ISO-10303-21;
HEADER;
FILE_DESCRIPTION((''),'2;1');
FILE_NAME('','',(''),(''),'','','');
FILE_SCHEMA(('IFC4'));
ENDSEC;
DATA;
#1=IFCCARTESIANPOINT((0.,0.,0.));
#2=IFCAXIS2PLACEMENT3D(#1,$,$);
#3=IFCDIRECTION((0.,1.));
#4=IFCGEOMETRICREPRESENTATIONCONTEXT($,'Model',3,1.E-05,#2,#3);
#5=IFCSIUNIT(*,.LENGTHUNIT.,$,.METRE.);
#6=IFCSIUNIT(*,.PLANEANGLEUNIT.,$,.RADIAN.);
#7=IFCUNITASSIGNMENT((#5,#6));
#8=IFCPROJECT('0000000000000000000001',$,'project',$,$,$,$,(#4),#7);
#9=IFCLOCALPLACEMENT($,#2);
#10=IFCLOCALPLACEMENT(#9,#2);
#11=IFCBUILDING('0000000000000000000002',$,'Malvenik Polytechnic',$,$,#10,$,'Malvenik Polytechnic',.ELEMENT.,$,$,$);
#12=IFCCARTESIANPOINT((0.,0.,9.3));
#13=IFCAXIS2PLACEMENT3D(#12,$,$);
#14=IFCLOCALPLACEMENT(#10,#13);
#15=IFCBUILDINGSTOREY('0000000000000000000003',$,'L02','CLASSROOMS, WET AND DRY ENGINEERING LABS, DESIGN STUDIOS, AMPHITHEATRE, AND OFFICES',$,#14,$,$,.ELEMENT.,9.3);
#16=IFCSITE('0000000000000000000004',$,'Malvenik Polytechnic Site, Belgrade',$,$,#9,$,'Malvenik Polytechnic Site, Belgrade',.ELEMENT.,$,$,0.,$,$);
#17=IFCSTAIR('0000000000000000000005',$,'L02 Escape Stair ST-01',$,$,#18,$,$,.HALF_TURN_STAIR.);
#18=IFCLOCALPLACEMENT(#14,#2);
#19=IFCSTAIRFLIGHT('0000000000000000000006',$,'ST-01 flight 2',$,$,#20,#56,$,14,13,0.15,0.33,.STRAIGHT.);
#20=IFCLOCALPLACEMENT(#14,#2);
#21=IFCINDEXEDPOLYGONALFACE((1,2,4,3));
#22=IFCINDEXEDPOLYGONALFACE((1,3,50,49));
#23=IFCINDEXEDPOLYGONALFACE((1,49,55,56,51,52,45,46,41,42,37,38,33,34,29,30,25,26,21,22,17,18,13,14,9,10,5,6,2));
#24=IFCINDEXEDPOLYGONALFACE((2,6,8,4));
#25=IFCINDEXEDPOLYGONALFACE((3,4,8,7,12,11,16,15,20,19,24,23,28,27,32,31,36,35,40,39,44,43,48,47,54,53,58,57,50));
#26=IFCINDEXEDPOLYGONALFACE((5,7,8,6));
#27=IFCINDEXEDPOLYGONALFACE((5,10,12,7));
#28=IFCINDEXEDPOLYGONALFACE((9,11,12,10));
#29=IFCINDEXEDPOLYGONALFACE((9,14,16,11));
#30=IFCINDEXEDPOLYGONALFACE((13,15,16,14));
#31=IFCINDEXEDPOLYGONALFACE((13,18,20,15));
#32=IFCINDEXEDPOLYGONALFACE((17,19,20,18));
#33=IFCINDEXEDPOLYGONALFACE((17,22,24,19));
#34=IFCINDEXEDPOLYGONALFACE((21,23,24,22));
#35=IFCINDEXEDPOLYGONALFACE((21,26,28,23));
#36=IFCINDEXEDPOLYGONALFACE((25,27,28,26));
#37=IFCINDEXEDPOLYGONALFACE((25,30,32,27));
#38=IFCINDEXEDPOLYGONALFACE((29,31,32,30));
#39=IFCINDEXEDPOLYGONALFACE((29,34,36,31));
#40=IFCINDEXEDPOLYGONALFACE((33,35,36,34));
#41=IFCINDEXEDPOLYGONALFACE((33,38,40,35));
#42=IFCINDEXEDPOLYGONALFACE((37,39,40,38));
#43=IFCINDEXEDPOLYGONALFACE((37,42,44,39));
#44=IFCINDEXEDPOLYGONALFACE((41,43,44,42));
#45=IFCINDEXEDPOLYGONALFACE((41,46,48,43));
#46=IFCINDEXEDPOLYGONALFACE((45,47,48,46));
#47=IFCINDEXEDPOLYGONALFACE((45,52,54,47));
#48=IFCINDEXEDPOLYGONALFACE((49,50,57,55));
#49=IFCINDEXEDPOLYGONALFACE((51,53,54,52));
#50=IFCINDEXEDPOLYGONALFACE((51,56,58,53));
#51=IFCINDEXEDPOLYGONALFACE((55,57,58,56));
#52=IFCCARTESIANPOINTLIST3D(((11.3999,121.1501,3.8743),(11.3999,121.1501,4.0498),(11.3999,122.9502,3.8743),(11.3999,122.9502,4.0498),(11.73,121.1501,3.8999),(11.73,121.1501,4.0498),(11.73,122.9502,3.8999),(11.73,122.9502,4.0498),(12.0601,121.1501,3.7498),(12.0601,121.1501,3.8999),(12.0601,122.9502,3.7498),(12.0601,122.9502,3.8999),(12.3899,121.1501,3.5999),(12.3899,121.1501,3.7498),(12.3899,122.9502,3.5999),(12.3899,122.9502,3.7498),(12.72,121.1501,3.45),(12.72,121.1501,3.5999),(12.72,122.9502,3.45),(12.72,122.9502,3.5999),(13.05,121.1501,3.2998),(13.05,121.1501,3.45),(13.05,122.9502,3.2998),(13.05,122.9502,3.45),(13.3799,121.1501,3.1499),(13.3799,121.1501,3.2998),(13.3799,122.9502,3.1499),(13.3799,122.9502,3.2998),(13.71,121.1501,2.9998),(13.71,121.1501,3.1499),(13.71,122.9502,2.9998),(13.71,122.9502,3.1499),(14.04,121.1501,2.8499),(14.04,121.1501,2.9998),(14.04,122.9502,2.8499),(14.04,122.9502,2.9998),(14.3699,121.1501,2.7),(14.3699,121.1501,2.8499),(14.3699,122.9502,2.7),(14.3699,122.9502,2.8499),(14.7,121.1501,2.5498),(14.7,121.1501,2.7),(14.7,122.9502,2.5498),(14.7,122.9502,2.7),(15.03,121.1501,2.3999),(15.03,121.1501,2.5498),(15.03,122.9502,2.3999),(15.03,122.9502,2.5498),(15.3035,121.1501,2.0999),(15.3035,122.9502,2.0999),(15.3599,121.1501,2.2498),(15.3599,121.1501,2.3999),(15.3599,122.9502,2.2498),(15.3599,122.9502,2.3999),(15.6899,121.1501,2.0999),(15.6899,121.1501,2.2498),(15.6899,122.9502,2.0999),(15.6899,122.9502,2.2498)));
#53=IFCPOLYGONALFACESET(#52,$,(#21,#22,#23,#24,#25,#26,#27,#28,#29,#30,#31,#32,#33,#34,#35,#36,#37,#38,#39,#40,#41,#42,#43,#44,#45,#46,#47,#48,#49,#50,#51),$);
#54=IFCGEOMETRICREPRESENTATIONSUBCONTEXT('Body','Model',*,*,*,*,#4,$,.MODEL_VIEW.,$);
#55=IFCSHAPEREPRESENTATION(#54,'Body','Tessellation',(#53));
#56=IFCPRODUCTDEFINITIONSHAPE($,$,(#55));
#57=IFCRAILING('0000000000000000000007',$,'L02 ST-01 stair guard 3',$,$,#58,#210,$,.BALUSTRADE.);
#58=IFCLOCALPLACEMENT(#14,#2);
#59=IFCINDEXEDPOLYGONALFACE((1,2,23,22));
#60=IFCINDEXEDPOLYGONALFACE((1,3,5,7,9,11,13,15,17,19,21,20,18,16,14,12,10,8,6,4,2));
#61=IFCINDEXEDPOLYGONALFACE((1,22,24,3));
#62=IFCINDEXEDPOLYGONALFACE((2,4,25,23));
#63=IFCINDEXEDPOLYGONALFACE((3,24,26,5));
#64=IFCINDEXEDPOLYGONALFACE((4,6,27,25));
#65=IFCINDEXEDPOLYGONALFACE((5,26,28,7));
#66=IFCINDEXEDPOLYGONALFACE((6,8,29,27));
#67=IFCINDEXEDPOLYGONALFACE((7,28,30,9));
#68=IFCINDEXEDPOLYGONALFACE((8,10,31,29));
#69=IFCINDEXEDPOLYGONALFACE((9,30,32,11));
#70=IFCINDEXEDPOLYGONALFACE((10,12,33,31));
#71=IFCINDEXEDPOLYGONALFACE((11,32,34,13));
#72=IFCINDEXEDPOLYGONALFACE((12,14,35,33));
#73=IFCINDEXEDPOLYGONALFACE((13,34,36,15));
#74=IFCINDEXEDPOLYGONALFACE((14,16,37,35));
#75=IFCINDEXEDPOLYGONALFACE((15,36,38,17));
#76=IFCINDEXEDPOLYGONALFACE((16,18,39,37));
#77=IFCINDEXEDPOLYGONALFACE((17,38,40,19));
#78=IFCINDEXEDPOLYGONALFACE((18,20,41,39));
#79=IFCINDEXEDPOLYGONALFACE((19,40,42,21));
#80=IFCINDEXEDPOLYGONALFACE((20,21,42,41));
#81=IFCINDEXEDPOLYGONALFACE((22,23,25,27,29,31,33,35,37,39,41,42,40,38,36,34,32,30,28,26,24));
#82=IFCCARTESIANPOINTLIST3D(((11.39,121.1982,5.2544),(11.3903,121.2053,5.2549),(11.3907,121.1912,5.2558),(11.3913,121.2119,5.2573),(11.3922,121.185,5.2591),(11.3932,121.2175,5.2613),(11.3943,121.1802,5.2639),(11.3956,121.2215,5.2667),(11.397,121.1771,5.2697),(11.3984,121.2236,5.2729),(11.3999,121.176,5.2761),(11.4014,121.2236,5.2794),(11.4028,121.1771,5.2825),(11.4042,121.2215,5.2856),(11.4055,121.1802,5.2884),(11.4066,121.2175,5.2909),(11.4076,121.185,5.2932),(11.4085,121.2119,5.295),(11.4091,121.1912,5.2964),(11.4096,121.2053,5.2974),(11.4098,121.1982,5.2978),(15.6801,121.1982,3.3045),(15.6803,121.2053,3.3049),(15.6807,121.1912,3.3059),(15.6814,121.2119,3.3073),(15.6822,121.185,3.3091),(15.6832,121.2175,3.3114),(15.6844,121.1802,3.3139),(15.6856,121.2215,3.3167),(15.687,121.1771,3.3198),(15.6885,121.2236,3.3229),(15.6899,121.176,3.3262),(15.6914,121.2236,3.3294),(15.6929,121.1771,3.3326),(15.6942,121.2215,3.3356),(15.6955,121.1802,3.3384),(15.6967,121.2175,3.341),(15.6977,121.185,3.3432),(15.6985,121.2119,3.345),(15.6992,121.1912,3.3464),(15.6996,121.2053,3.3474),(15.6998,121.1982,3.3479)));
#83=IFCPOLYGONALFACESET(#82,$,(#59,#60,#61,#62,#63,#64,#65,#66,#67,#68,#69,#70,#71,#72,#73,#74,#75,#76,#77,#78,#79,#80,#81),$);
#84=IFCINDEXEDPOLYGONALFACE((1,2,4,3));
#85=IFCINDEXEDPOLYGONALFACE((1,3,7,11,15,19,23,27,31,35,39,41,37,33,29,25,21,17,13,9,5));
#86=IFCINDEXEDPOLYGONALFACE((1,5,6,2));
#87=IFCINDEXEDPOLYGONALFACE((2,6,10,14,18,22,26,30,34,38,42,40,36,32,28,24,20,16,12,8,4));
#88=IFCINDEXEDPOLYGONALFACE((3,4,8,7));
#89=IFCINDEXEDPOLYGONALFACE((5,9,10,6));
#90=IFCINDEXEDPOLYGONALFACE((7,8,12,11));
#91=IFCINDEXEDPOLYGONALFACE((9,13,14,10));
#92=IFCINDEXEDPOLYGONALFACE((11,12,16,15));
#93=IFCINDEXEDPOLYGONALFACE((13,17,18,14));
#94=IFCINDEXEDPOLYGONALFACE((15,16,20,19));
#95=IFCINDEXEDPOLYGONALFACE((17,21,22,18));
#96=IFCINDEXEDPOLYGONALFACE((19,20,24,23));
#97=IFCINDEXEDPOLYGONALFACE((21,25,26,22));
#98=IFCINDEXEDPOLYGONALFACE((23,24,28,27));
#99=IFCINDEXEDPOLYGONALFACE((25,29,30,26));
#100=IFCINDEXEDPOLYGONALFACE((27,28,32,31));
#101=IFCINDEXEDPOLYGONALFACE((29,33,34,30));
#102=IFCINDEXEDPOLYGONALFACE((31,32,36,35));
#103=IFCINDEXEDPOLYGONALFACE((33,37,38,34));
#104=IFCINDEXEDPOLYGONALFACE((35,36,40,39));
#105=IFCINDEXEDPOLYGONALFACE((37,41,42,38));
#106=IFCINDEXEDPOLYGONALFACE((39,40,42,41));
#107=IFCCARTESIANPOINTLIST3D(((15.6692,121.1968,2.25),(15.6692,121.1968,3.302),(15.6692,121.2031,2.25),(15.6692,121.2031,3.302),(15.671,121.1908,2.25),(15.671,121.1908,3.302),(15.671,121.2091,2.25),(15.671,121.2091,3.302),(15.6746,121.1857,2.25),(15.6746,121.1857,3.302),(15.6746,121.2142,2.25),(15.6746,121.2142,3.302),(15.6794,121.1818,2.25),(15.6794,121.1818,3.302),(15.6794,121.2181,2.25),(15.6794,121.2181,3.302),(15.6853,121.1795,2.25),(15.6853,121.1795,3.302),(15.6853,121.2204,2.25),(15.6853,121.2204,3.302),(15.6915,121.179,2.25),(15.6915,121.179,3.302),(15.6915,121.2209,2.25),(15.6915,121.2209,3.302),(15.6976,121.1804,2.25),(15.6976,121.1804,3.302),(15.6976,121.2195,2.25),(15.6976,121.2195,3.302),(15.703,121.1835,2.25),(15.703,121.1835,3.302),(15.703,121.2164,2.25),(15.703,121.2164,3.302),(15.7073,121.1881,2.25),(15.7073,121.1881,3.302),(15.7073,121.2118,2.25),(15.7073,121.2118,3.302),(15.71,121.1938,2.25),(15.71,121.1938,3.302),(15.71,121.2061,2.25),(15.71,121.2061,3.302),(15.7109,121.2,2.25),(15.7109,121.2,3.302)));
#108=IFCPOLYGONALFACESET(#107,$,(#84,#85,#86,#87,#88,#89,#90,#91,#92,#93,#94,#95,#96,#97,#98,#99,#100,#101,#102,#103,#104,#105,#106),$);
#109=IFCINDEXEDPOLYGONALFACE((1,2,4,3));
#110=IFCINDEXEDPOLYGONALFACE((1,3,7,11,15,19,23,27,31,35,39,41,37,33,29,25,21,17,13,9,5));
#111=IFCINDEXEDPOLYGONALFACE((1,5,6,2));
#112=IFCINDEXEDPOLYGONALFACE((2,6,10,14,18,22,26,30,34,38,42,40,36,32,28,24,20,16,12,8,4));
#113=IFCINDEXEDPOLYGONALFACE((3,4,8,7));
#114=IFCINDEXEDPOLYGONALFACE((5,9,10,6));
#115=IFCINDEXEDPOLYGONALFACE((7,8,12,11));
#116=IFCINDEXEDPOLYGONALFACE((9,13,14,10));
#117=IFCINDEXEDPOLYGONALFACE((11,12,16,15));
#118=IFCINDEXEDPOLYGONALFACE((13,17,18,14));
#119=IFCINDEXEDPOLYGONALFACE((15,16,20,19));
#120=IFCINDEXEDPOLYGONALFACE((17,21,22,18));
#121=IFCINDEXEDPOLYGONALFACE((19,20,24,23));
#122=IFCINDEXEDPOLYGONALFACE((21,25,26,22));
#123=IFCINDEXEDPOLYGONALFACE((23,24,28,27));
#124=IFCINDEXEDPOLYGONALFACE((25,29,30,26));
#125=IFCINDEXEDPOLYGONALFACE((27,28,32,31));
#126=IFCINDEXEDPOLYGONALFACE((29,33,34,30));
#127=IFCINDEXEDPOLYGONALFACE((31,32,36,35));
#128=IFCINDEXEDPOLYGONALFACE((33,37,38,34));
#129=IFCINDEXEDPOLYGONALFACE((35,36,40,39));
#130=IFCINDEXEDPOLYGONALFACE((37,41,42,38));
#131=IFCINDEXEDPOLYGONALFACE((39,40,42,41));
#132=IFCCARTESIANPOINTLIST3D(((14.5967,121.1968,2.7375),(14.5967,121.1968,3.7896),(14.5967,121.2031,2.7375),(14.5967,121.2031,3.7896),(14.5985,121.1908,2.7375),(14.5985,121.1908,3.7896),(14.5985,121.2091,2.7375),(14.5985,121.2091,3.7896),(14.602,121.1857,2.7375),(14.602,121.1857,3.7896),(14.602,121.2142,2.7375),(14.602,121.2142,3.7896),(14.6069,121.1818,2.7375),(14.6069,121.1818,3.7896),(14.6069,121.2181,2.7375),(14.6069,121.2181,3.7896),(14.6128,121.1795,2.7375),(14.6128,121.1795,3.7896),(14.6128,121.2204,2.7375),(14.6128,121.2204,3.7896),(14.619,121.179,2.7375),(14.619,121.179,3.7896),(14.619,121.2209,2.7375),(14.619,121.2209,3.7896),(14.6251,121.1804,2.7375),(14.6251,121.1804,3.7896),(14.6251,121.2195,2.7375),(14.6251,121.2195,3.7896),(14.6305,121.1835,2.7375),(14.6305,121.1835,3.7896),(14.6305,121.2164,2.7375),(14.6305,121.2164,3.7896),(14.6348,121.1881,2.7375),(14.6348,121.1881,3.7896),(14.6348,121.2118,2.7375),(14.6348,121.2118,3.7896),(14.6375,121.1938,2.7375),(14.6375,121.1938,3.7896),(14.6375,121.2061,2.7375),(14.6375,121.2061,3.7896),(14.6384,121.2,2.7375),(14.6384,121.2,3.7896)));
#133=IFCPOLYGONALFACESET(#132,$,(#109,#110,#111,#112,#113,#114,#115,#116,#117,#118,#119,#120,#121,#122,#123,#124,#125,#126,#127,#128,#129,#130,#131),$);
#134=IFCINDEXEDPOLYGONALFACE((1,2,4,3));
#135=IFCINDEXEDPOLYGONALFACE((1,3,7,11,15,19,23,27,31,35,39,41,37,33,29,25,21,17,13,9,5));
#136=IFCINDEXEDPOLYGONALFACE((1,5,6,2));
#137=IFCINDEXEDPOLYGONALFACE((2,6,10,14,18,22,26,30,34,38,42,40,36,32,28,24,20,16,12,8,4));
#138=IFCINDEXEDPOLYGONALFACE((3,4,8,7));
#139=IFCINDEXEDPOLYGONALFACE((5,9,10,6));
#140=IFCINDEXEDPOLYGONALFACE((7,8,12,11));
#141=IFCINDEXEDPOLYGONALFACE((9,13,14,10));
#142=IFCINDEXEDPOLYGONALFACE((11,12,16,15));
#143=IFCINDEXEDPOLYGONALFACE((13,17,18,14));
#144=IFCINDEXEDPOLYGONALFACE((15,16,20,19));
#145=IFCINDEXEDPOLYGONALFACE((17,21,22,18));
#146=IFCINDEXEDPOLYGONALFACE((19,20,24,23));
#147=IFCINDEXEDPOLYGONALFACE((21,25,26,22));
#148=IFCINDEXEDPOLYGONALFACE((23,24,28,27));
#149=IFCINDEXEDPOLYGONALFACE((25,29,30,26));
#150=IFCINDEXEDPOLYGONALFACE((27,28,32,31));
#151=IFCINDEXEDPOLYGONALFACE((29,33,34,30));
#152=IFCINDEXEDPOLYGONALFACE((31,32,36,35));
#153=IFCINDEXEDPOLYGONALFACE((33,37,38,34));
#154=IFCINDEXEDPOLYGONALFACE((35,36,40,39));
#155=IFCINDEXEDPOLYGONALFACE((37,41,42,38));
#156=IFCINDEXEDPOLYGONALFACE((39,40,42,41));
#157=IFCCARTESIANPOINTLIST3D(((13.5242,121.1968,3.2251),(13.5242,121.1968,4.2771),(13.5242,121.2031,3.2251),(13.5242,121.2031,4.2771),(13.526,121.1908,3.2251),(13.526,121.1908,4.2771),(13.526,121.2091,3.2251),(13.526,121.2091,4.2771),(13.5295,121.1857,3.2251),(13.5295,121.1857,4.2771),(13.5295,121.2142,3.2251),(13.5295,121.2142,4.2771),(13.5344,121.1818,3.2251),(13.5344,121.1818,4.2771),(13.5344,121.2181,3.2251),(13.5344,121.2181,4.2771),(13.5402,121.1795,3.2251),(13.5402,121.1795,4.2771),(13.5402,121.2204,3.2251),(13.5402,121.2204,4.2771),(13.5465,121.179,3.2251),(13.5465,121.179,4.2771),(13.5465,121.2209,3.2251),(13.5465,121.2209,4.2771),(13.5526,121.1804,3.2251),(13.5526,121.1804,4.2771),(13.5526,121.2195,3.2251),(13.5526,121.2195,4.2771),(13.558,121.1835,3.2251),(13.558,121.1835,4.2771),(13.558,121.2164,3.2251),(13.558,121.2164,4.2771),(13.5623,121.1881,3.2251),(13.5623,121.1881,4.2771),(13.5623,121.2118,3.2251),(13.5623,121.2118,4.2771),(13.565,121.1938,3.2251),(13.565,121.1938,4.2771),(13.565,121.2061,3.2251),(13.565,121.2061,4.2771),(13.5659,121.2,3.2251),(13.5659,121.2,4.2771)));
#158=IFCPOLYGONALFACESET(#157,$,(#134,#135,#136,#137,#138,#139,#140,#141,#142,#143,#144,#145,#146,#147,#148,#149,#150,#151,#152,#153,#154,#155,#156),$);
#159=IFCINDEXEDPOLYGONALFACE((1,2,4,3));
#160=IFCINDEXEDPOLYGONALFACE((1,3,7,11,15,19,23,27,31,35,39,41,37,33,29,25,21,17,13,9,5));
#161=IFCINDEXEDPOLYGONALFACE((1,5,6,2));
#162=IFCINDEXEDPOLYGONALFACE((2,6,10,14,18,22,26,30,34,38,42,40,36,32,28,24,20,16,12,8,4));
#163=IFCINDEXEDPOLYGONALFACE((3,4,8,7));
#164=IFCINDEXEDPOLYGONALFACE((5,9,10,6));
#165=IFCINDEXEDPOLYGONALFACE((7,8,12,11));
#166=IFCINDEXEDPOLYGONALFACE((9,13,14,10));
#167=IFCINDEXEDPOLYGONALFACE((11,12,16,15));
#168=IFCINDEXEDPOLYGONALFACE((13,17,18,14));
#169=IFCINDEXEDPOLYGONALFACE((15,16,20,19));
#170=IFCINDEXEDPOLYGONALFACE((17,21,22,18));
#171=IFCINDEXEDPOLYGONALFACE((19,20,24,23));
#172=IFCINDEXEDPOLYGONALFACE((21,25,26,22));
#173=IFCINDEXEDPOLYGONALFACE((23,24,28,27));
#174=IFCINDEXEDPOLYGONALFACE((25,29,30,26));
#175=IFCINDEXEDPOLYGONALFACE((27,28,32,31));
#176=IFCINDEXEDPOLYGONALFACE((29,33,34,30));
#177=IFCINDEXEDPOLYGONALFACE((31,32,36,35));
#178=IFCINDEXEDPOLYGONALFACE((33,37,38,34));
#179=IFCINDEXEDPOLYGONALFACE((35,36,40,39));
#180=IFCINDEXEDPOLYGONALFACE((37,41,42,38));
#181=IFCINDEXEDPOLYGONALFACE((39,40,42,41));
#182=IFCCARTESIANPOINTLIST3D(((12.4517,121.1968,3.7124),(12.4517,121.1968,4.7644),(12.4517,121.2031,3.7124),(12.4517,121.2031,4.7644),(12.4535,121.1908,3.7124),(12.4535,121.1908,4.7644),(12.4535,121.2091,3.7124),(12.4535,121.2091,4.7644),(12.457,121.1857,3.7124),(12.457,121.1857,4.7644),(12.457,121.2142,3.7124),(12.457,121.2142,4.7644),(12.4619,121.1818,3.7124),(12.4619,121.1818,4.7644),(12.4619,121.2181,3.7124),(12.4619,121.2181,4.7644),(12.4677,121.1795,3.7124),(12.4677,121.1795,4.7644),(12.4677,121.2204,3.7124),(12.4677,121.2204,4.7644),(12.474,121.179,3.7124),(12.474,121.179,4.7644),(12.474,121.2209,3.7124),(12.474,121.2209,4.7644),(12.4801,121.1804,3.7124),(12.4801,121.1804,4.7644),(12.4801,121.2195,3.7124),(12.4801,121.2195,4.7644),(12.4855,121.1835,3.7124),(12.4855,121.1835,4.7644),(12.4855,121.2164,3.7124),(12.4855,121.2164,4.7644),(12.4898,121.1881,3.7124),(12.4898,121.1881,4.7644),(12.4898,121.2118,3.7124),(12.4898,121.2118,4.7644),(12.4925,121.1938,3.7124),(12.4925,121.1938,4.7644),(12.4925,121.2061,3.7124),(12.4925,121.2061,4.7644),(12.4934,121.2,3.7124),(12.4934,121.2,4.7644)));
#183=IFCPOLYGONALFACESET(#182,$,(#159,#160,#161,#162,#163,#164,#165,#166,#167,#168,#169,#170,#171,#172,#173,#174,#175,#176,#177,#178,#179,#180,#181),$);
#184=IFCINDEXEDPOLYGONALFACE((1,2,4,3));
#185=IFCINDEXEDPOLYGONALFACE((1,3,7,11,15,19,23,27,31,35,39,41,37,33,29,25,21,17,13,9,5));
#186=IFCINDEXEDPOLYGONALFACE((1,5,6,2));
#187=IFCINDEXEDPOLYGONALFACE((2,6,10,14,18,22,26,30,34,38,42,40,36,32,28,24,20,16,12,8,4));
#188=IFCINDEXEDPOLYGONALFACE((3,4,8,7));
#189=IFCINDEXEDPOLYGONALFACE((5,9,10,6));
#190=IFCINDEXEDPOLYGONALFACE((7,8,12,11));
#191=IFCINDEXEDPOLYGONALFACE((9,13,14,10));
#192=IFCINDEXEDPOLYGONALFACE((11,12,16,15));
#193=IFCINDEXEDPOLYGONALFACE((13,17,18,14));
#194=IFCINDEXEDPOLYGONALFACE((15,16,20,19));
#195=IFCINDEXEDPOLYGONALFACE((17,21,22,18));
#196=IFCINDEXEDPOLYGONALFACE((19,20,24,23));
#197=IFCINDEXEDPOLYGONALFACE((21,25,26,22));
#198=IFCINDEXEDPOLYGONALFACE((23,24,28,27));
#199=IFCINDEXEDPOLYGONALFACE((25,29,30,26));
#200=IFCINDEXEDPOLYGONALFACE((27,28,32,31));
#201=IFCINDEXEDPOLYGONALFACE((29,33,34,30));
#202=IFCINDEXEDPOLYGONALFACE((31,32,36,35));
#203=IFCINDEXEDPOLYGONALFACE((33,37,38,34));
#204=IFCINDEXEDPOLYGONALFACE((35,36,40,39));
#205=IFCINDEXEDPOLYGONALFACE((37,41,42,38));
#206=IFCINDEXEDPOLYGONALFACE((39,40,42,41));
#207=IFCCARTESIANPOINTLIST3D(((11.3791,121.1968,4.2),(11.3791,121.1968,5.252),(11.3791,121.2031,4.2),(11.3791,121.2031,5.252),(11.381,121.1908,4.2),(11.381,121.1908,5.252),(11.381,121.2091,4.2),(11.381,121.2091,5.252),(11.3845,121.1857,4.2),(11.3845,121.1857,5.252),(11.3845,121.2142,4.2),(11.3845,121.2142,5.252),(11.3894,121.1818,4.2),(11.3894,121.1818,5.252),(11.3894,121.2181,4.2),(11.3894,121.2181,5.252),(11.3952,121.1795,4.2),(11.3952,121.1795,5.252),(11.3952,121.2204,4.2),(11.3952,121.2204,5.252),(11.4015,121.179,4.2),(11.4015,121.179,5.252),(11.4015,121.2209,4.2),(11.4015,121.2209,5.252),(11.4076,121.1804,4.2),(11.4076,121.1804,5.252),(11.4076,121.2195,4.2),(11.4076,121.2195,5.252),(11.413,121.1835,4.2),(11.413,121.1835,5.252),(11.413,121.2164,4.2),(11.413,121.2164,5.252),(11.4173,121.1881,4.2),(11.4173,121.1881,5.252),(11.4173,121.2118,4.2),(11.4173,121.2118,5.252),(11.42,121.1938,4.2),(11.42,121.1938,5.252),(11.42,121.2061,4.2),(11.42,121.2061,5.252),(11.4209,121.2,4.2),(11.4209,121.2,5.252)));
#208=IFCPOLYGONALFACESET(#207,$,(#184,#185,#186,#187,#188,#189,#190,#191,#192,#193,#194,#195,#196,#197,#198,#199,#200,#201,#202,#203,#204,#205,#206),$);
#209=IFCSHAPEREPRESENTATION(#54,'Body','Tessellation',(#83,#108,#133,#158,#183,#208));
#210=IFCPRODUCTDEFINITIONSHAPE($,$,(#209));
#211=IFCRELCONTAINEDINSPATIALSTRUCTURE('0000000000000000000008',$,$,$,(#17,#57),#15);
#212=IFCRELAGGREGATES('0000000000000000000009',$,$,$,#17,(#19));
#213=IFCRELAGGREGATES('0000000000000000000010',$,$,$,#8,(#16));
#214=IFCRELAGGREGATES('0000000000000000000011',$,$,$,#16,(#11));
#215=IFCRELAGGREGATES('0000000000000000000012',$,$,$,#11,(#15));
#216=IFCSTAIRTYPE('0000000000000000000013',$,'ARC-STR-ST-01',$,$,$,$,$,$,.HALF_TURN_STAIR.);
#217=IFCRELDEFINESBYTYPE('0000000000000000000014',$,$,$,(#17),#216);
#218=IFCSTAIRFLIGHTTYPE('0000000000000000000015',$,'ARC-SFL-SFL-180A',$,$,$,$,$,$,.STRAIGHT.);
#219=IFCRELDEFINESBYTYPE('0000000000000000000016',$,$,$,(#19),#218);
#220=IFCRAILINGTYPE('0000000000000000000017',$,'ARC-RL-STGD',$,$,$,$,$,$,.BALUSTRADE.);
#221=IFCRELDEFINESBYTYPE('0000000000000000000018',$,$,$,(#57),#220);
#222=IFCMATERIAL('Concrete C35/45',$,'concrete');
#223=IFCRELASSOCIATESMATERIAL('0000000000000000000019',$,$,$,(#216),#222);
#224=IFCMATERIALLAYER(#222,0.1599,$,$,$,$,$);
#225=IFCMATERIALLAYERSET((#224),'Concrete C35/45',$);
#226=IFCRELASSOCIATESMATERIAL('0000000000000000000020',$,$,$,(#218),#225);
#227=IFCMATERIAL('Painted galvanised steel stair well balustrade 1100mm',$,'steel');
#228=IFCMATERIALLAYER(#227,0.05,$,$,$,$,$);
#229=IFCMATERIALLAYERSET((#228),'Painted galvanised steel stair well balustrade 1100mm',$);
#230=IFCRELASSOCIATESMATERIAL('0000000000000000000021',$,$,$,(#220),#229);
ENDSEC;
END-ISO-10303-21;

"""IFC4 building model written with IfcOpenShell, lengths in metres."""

from ifc_helpers import new_model, si_unit, direction, frame, origin, origin_2d, place, context, subcontext, project, spatial, polyline, circle, outline, extrude, material, layer, layer_set, type_object, element, aggregate, save


model = new_model("IFC4")

# Units and contexts
model_context = context("Model", 3, precision=1e-05, world=origin(), true_north=direction((0.0, 1.0)))
body_context = subcontext(model_context, "Body", "Model", "MODEL_VIEW")
ifc_project = project(units=[si_unit("LENGTHUNIT", "METRE"), si_unit("PLANEANGLEUNIT", "RADIAN")], contexts=[model_context])

# Site, building, storey
site_placement = place(None, origin())
site = spatial("IfcSite", under=ifc_project, at=site_placement, Name="Malvenik Polytechnic Site, Belgrade", LongName="Malvenik Polytechnic Site, Belgrade", CompositionType="ELEMENT", RefElevation=0.0)
building_placement = place(site_placement, origin())
building = spatial("IfcBuilding", under=site, at=building_placement, Name="Malvenik Polytechnic", LongName="Malvenik Polytechnic", CompositionType="ELEMENT")
storey_placement = place(building_placement, frame((0.0, 0.0, 9.3)))
storey = spatial("IfcBuildingStorey", under=building, at=storey_placement, Name="L02", Description="CLASSROOMS, WET AND DRY ENGINEERING LABS, DESIGN STUDIOS, AMPHITHEATRE, AND OFFICES", CompositionType="ELEMENT", Elevation=9.3)

# Shared definitions
ifc_material_1 = material(Name="Concrete C35/45", Category="concrete")

# Stair, stair flight
stair_type = type_object("IfcStairType", Name="ARC-STR-ST-01", PredefinedType="HALF_TURN_STAIR", material=ifc_material_1)
stair_placement = place(storey_placement, origin())
stair = element("IfcStair", 1, at=stair_placement, inside=storey, type_object=stair_type, Name="L02 Escape Stair ST-01", PredefinedType="HALF_TURN_STAIR")
ifc_layer_1 = layer(ifc_material_1, 0.1599)
ifc_layer_set_1 = layer_set([ifc_layer_1], Name="Concrete C35/45")
stair_flight_type = type_object("IfcStairFlightType", Name="ARC-SFL-SFL-180A", PredefinedType="STRAIGHT", material=ifc_layer_set_1)
stair_flight_placement = place(storey_placement, frame((15.6899, 122.05, 2.0999), z_axis=(0.0, 0.0, 1.0), x_axis=(-1.0, 0.0, 0.0)))
stair_flight = element("IfcStairFlight", 2, at=stair_flight_placement, type_object=stair_flight_type, Name="ST-01 flight 2", NumberOfRisers=14, NumberOfTreads=13, PredefinedType="STRAIGHT", RiserHeight=0.15, TreadLength=0.33, context=body_context, shape_type="SweptSolid", body=[
    extrude(outline(polyline([(0.0, 0.0), (0.0, 0.1499), (0.3301, 0.1499), (0.3301, 0.3), (0.6599, 0.3), (0.6599, 0.45), (0.99, 0.45), (0.99, 0.6001), (1.3201, 0.6001), (1.3201, 0.75), (1.6499, 0.75), (1.6499, 0.8999), (1.98, 0.8999), (1.98, 1.05), (2.3101, 1.05), (2.3101, 1.2), (2.6399, 1.2), (2.6399, 1.3501), (2.97, 1.3501), (2.97, 1.5), (3.3, 1.5), (3.3, 1.6499), (3.6299, 1.6499), (3.6299, 1.8), (3.96, 1.8), (3.96, 1.95), (4.29, 1.95), (4.29, 2.1001), (4.29, 1.7744), (0.3865, 0.0), (0.0, 0.0)])), frame((0.0, 0.8999, 0.0), z_axis=(0.0, -1.0, 0.0), x_axis=(1.0, 0.0, 0.0)), (0.0, 0.0, 1.0), 1.8),
])
aggregate(stair, [stair_flight])

# Railing
ifc_material_2 = material(Name="Painted galvanised steel stair well balustrade 1100mm", Category="steel")
ifc_layer_2 = layer(ifc_material_2, 0.05)
ifc_layer_set_2 = layer_set([ifc_layer_2], Name="Painted galvanised steel stair well balustrade 1100mm")
railing_type_1 = type_object("IfcRailingType", Name="ARC-RL-STGD", PredefinedType="BALUSTRADE", material=ifc_layer_set_2)
railing_1_placement = place(storey_placement, frame((15.6899, 121.2, 2.25)))
element("IfcRailing", 3, at=railing_1_placement, inside=storey, type_object=railing_type_1, Name="L02 ST-01 stair guard 3", PredefinedType="BALUSTRADE", context=body_context, shape_type="SweptSolid", body=[
    extrude(circle(Radius=0.0239, at=origin_2d()), frame((0.0, 0.0, 1.0762), z_axis=(-0.910372, 0.0, 0.413791), x_axis=(0.0, -1.0, 0.0)), (0.0, 0.0, 1.0), 4.7124),
    extrude(circle(Radius=0.021, at=origin_2d()), origin(), (0.0, 0.0, 1.0), 1.052),
    extrude(circle(Radius=0.021, at=origin_2d()), frame((-1.0725, 0.0, 0.4875)), (0.0, 0.0, 1.0), 1.052),
    extrude(circle(Radius=0.021, at=origin_2d()), frame((-2.145, 0.0, 0.9751)), (0.0, 0.0, 1.0), 1.052),
    extrude(circle(Radius=0.021, at=origin_2d()), frame((-3.2175, 0.0, 1.4624)), (0.0, 0.0, 1.0), 1.052),
    extrude(circle(Radius=0.021, at=origin_2d()), frame((-4.29, 0.0, 1.95)), (0.0, 0.0, 1.0), 1.052),
])

save(model, "model.ifc")
